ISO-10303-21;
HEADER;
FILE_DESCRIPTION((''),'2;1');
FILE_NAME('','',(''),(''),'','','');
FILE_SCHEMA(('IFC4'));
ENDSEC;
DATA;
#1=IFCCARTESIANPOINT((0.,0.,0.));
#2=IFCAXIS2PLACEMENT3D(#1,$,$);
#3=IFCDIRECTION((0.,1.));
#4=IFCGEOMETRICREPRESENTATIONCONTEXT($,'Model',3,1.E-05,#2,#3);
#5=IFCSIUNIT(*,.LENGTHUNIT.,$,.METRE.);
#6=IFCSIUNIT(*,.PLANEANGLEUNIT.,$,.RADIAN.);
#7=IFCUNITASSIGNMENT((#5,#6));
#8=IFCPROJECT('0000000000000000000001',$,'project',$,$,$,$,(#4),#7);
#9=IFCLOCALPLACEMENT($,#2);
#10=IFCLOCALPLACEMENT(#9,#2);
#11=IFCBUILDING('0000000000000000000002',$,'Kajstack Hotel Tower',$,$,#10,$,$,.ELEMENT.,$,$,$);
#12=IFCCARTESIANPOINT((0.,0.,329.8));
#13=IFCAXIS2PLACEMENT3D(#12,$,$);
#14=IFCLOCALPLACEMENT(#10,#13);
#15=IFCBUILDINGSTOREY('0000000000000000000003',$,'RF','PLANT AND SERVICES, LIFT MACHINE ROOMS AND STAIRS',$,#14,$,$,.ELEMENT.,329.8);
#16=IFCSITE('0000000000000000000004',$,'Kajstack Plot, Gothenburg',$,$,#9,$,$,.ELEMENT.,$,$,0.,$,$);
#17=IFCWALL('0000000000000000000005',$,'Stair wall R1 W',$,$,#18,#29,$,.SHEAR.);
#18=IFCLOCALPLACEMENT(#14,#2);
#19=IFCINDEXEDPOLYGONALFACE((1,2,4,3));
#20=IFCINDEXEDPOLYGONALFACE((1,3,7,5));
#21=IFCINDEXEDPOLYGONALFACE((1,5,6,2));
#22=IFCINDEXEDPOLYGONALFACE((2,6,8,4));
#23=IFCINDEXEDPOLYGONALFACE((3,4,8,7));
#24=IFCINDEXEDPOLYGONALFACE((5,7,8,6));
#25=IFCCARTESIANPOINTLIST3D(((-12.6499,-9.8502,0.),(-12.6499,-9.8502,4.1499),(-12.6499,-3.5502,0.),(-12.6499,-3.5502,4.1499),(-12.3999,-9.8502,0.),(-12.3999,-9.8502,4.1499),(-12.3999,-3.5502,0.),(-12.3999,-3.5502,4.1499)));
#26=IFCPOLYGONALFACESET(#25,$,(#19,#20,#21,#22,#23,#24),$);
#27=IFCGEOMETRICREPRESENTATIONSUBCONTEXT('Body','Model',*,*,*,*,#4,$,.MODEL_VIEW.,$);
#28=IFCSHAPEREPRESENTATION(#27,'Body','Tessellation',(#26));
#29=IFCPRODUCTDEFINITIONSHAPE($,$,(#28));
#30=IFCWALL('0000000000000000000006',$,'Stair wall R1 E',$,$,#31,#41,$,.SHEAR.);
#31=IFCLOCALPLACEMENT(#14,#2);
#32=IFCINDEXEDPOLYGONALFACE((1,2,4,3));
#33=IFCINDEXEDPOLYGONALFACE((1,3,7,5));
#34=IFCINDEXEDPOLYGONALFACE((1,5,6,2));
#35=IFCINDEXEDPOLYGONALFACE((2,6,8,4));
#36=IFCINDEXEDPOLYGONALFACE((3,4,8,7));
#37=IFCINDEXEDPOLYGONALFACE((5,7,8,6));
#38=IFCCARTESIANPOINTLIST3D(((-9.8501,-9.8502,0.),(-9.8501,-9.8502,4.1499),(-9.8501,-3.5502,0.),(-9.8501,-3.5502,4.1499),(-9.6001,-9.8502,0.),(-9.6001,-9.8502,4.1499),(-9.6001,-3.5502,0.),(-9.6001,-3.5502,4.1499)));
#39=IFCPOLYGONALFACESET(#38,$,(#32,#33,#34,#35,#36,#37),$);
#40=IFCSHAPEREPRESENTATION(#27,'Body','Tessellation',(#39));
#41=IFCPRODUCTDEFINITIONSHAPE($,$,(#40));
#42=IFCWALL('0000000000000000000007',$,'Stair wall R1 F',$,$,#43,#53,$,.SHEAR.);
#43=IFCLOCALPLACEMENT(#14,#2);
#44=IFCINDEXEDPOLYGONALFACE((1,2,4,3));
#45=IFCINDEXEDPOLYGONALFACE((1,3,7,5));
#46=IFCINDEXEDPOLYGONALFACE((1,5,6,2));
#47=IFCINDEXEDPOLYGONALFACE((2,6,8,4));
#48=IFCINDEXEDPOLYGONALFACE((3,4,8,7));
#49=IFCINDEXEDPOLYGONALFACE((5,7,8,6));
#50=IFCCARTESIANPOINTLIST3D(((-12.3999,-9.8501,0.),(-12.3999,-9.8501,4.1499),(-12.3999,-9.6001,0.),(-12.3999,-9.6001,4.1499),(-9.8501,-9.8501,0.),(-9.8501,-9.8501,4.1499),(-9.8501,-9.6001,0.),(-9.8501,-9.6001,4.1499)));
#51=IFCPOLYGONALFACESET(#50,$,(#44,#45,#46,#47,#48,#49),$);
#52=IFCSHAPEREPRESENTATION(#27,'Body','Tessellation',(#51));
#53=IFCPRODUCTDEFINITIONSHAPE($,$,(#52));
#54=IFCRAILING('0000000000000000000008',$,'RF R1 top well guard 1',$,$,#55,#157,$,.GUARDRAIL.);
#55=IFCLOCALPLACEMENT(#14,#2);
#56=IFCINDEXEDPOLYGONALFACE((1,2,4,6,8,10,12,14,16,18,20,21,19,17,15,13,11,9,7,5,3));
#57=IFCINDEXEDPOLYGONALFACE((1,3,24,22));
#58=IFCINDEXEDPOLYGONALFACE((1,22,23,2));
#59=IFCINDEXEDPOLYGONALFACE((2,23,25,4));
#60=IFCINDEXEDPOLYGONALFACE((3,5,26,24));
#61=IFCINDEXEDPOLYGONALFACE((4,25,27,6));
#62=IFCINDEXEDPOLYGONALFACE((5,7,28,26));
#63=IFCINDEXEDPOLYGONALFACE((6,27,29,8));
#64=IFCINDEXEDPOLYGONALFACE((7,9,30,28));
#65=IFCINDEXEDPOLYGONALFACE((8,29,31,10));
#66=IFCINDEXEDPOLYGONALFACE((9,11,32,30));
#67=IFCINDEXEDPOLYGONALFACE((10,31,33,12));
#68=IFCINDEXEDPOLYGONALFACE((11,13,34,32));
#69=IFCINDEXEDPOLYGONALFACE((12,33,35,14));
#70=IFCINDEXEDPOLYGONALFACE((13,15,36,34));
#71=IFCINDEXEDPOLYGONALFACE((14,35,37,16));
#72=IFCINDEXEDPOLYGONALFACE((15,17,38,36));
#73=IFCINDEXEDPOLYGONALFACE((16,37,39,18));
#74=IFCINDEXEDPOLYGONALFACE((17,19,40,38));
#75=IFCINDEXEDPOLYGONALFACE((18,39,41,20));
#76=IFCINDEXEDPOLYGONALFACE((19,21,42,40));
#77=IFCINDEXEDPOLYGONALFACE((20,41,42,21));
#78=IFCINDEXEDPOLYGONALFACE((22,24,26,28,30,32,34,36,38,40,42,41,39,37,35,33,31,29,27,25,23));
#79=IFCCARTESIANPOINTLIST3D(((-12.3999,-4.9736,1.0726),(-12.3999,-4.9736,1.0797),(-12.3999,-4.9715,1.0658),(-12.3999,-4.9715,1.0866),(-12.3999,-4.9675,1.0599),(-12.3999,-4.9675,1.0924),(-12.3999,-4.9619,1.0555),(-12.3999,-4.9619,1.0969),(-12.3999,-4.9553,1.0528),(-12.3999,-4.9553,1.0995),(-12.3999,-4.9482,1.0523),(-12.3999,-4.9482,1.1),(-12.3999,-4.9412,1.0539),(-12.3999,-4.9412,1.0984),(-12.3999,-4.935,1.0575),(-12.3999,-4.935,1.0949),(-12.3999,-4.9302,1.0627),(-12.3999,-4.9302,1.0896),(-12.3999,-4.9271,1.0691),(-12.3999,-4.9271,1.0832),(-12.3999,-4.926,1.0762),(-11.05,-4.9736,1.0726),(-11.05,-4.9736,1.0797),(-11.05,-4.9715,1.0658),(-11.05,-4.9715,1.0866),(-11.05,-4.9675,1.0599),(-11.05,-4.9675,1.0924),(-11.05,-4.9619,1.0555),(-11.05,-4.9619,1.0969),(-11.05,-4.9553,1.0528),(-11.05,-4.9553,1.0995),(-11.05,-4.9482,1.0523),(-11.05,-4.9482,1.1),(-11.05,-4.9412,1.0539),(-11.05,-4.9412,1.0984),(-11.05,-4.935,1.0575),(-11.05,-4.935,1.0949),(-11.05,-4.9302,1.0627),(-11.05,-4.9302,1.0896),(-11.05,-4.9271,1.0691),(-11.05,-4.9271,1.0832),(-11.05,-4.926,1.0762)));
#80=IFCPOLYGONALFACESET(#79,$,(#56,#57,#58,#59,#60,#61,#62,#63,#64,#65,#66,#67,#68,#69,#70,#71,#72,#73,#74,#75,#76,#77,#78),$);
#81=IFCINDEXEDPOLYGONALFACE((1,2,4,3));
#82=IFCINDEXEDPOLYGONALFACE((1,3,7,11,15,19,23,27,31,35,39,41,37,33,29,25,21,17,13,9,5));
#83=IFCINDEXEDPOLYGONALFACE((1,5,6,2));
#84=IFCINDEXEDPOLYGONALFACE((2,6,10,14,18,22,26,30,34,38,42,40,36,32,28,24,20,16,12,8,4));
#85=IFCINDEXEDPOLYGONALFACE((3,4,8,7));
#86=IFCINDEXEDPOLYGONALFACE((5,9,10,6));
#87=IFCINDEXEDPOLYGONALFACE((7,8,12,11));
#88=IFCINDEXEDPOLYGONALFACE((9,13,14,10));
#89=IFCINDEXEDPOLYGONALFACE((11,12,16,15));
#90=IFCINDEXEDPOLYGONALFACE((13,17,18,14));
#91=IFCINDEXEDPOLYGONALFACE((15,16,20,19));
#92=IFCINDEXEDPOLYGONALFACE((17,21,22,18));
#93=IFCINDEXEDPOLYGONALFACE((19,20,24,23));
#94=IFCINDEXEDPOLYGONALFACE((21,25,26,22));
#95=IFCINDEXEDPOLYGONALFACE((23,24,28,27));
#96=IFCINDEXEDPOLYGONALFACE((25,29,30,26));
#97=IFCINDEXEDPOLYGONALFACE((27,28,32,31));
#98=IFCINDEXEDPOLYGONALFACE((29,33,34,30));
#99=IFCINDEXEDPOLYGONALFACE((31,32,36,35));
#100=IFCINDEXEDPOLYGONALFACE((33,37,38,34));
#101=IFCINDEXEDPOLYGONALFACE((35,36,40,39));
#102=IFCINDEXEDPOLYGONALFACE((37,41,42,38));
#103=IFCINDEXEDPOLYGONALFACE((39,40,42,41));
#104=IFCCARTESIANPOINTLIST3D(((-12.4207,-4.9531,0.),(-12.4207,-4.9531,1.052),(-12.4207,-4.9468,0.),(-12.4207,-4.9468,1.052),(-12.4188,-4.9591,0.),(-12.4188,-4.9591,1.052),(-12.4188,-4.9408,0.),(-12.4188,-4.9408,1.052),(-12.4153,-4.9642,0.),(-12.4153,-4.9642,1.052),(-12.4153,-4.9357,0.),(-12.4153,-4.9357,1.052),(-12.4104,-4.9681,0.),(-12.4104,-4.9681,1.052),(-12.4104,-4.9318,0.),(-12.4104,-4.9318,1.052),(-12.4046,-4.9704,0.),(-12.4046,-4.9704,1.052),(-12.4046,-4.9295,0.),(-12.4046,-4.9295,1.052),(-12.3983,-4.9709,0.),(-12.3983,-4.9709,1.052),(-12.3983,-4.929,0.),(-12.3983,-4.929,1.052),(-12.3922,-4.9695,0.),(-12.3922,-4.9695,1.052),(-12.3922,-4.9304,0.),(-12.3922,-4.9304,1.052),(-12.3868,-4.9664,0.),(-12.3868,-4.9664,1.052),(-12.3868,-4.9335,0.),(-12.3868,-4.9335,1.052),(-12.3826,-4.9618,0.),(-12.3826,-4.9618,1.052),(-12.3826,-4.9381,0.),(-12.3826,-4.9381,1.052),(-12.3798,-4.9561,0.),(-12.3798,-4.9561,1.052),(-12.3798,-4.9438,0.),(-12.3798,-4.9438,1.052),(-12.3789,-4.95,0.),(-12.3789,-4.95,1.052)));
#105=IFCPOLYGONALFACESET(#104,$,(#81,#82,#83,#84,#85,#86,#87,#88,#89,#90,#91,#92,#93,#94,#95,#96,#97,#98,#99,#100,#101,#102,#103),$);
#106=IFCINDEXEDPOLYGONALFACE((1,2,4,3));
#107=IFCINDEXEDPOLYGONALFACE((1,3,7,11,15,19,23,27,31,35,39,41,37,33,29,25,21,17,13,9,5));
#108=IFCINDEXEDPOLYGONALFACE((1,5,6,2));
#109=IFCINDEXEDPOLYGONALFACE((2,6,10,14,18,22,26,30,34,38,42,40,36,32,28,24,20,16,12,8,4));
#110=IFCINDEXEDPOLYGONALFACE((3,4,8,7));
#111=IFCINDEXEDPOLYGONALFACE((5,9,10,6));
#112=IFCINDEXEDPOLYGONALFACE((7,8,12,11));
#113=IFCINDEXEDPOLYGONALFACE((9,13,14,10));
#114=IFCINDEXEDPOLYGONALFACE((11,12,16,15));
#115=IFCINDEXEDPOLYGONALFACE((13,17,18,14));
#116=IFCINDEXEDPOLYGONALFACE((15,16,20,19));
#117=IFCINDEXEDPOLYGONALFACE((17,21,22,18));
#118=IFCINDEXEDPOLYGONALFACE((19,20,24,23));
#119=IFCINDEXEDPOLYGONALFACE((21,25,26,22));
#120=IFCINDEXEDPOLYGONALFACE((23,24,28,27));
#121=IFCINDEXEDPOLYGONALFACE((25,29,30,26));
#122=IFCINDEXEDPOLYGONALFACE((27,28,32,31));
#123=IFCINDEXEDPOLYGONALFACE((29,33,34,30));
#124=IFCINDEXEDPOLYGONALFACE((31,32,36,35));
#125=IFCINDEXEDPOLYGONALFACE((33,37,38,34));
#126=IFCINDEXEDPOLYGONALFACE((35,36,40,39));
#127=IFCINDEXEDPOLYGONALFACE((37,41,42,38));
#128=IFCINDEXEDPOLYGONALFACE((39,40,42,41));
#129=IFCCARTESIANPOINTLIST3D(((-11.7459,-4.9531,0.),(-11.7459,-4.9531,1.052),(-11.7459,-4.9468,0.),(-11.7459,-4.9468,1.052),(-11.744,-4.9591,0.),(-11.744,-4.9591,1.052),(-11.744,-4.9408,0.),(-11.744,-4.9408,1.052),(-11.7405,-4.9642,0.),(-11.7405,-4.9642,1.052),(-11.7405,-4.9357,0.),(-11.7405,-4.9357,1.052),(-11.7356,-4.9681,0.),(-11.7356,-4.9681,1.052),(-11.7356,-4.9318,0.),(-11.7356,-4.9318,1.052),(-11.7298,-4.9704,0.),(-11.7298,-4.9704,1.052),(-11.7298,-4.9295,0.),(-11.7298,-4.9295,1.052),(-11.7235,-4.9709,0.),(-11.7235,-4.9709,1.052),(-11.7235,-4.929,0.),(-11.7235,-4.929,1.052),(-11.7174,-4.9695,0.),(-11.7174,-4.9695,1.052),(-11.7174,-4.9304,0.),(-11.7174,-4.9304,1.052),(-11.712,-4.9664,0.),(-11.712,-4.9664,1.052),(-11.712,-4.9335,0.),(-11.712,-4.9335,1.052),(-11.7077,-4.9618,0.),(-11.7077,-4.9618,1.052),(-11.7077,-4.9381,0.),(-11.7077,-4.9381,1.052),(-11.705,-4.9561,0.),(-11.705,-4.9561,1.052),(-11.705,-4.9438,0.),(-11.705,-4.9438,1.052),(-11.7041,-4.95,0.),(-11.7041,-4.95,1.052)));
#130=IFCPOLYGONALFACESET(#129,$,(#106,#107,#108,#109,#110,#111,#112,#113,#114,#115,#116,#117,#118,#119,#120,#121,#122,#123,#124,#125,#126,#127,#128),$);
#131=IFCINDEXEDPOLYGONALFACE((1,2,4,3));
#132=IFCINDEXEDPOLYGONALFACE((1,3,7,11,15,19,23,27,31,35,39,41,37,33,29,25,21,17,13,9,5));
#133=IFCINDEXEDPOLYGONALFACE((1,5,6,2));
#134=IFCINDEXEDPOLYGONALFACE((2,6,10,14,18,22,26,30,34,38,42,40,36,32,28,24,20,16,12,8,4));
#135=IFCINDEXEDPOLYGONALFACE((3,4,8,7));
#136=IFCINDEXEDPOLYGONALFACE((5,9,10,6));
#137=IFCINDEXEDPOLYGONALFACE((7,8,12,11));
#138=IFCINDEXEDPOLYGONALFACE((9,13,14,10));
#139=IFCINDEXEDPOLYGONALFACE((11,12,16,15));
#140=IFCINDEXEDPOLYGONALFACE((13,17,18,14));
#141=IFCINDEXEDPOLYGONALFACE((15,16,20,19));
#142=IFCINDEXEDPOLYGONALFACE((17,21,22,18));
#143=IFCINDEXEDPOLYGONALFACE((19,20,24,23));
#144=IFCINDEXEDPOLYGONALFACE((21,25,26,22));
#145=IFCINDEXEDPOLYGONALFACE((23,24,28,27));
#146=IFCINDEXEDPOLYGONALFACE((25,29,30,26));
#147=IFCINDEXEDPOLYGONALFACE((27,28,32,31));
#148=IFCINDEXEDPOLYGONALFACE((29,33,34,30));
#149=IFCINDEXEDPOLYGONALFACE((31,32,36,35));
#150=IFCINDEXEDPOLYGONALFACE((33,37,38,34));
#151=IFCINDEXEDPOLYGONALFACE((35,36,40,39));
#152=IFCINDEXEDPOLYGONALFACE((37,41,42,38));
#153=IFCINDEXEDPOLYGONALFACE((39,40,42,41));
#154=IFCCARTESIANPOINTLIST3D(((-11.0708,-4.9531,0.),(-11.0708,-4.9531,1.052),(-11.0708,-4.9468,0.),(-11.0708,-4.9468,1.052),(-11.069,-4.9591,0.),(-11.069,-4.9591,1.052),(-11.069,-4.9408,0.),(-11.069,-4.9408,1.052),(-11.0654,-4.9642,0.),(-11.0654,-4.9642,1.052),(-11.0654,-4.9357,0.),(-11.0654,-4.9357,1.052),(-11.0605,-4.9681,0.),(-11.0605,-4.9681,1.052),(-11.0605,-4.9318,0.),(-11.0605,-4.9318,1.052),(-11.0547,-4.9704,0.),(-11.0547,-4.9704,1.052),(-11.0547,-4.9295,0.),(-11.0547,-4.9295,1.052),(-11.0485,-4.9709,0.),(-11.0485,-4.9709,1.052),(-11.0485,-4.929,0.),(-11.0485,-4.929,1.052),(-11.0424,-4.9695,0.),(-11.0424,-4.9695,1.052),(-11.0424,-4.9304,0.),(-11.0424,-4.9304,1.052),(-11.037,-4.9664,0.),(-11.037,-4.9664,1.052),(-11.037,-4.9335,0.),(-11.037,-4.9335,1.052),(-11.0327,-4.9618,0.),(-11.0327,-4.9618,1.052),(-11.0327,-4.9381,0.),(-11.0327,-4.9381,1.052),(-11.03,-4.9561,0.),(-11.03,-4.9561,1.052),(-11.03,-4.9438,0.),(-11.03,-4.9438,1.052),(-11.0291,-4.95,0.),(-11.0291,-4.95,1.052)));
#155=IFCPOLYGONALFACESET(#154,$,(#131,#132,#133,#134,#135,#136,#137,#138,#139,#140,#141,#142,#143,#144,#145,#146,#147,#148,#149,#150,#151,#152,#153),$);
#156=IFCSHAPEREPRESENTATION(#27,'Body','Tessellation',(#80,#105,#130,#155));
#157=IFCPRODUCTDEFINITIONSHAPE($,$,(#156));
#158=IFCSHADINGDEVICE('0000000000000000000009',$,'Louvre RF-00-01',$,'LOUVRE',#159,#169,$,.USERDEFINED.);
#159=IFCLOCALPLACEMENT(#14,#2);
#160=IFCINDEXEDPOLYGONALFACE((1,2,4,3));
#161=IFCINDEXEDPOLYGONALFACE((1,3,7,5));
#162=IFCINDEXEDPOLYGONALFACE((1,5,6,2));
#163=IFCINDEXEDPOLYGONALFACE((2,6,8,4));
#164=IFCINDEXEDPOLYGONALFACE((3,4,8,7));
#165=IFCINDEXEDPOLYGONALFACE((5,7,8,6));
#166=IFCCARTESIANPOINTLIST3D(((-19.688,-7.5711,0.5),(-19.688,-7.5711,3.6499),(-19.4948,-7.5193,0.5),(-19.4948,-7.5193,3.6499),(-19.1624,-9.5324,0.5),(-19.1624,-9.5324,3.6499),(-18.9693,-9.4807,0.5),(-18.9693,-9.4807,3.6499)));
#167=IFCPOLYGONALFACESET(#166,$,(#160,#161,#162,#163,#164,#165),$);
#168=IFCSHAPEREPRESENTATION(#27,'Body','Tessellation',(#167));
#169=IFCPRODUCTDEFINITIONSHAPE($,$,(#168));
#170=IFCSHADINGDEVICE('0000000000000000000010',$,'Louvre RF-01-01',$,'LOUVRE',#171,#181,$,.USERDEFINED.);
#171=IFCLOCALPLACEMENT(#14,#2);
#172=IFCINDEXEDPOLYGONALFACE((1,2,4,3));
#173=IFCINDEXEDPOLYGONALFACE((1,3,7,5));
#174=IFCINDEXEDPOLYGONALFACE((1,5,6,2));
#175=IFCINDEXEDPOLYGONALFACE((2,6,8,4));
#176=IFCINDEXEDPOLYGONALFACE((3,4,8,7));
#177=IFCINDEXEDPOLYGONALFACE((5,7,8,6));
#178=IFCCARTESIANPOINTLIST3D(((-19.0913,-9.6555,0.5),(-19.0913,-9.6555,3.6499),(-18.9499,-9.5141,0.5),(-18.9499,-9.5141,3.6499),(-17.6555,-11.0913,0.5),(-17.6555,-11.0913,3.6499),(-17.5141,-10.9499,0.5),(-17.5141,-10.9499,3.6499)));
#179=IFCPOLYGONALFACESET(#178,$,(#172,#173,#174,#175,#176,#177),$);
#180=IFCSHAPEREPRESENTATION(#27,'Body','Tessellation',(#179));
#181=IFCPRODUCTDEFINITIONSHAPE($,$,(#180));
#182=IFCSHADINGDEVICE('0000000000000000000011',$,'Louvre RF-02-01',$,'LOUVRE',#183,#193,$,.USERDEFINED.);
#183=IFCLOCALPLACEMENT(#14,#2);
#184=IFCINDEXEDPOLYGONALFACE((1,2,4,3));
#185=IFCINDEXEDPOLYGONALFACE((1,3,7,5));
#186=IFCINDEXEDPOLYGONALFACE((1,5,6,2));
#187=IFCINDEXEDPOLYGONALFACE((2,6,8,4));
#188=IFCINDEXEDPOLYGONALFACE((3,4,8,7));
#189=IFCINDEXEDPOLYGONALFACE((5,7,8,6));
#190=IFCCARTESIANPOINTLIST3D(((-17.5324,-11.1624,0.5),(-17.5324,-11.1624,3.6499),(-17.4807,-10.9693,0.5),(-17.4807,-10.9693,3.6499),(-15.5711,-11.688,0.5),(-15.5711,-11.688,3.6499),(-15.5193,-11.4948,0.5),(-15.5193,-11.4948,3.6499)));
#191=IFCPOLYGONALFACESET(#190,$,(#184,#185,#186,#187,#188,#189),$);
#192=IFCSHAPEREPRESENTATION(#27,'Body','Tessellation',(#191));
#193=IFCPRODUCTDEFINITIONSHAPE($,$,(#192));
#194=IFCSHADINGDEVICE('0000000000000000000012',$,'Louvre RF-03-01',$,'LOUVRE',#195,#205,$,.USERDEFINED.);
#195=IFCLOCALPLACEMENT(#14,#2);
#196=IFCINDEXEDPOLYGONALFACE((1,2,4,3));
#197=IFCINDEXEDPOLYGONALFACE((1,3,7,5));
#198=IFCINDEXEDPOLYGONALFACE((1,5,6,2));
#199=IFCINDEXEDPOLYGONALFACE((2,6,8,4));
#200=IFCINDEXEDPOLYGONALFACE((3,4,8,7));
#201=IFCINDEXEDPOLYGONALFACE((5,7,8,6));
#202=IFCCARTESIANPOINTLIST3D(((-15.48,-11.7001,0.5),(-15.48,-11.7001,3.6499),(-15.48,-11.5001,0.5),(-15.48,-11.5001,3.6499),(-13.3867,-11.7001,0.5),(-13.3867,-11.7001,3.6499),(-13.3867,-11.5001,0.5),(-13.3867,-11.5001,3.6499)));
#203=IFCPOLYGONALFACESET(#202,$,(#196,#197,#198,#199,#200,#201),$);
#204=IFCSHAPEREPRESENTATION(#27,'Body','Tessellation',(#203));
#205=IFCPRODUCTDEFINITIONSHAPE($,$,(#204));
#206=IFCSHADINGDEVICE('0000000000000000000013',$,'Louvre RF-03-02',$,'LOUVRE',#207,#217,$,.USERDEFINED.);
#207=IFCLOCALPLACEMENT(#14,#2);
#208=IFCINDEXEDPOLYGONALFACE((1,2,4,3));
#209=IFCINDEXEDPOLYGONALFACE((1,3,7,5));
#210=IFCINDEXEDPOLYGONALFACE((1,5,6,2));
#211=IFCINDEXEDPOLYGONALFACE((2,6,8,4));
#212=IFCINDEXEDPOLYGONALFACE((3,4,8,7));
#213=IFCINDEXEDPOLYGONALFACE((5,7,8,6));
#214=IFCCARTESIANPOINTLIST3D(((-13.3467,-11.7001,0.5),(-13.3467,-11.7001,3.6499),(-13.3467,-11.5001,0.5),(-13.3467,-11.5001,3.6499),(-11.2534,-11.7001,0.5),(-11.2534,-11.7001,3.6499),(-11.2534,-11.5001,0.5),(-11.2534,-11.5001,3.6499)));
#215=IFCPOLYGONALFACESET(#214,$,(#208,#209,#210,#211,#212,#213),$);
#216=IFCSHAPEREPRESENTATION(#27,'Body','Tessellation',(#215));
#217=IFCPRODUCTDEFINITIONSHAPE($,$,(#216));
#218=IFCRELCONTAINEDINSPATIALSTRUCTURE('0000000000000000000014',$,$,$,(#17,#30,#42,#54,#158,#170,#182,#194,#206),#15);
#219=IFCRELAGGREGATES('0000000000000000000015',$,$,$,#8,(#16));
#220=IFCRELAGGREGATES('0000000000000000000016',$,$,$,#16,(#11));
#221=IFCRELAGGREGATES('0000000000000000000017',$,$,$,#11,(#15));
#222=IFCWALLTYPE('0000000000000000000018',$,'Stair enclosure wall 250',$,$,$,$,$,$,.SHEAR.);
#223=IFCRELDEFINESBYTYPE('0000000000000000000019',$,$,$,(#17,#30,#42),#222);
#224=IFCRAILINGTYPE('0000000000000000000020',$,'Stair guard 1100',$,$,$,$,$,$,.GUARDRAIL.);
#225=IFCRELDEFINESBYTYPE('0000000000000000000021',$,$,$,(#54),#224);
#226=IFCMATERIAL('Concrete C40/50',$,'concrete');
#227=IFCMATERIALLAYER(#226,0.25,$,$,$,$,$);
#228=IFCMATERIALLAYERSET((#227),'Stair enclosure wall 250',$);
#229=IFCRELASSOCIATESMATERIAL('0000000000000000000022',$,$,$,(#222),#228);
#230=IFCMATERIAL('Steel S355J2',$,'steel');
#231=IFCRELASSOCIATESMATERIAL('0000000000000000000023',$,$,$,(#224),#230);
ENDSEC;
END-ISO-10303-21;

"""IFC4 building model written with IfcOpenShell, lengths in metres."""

from ifc_helpers import new_model, si_unit, direction, frame, frame_2d, origin, origin_2d, place, context, subcontext, project, spatial, rectangle, circle, extrude, material, layer, layer_set, type_object, element, save


model = new_model("IFC4")

# Units and contexts
model_context = context("Model", 3, precision=1e-05, world=origin(), true_north=direction((0.0, 1.0)))
body_context = subcontext(model_context, "Body", "Model", "MODEL_VIEW")
ifc_project = project(units=[si_unit("LENGTHUNIT", "METRE"), si_unit("PLANEANGLEUNIT", "RADIAN")], contexts=[model_context])

# Site, building, storey
site_placement = place(None, origin())
site = spatial("IfcSite", under=ifc_project, at=site_placement, Name="Kajstack Plot, Gothenburg", CompositionType="ELEMENT", RefElevation=0.0)
building_placement = place(site_placement, origin())
building = spatial("IfcBuilding", under=site, at=building_placement, Name="Kajstack Hotel Tower", CompositionType="ELEMENT")
storey_placement = place(building_placement, frame((0.0, 0.0, 329.8)))
storey = spatial("IfcBuildingStorey", under=building, at=storey_placement, Name="RF", Description="PLANT AND SERVICES, LIFT MACHINE ROOMS AND STAIRS", CompositionType="ELEMENT", Elevation=329.8)

# Shared definitions
ifc_material_1 = material(Name="Concrete C40/50", Category="concrete")

# Walls
ifc_layer_1 = layer(ifc_material_1, 0.25)
ifc_layer_set_1 = layer_set([ifc_layer_1], Name="Stair enclosure wall 250")
wall_type_1 = type_object("IfcWallType", Name="Stair enclosure wall 250", PredefinedType="SHEAR", material=ifc_layer_set_1)
for number, where, z_axis, x_axis, name in (
    (1, (-12.5249, -9.8501, 0.0), (0.0, 0.0, 1.0), (0.0, 1.0, 0.0), "Stair wall R1 W"),
    (2, (-9.7251, -9.8501, 0.0), (0.0, 0.0, 1.0), (0.0, 1.0, 0.0), "Stair wall R1 E"),
):
    element("IfcWall", number, at=place(storey_placement, frame(where, z_axis=z_axis, x_axis=x_axis)), inside=storey, type_object=wall_type_1, Name=name, PredefinedType="SHEAR", context=body_context, shape_type="SweptSolid", body=[
        extrude(rectangle(XDim=6.3, YDim=0.25, at=frame_2d((3.1499, 0.0))), origin(), (0.0, 0.0, 1.0), 4.1499),
    ])
wall_1_placement = place(storey_placement, frame((-12.3999, -9.7251, 0.0), z_axis=(0.0, 0.0, 1.0), x_axis=(1.0, 0.0, 0.0)))
element("IfcWall", 3, at=wall_1_placement, inside=storey, type_object=wall_type_1, Name="Stair wall R1 F", PredefinedType="SHEAR", context=body_context, shape_type="SweptSolid", body=[
    extrude(rectangle(XDim=2.5498, YDim=0.25, at=frame_2d((1.2749, 0.0))), origin(), (0.0, 0.0, 1.0), 4.1499),
])

# Railing
ifc_material_2 = material(Name="Steel S355J2", Category="steel")
railing_type = type_object("IfcRailingType", Name="Stair guard 1100", PredefinedType="GUARDRAIL", material=ifc_material_2)
railing_placement = place(storey_placement, frame((-12.3999, -4.95, 0.0)))
element("IfcRailing", 4, at=railing_placement, inside=storey, type_object=railing_type, Name="RF R1 top well guard 1", PredefinedType="GUARDRAIL", context=body_context, shape_type="SweptSolid", body=[
    extrude(circle(Radius=0.0239, at=origin_2d()), frame((0.0, 0.0, 1.0762), z_axis=(1.0, 0.0, 0.0), x_axis=(0.0, 1.0, 0.0)), (0.0, 0.0, 1.0), 1.3499),
    extrude(circle(Radius=0.021, at=origin_2d()), origin(), (0.0, 0.0, 1.0), 1.052),
    extrude(circle(Radius=0.021, at=origin_2d()), frame((0.6748, 0.0, 0.0)), (0.0, 0.0, 1.0), 1.052),
    extrude(circle(Radius=0.021, at=origin_2d()), frame((1.3499, 0.0, 0.0)), (0.0, 0.0, 1.0), 1.052),
])

# Shading devices
for number, where, z_axis, x_axis, name in (
    (5, (-19.3286, -8.5259, 0.5), (0.0, 0.0, 1.0), (0.25882, -0.965926, 0.0), "Louvre RF-00-01"),
    (6, (-18.3027, -10.3027, 0.5), (0.0, 0.0, 1.0), (0.707107, -0.707107, 0.0), "Louvre RF-01-01"),
    (7, (-16.5259, -11.3286, 0.5), (0.0, 0.0, 1.0), (0.965926, -0.25882, 0.0), "Louvre RF-02-01"),
):
    element("IfcShadingDevice", number, at=place(storey_placement, frame(where, z_axis=z_axis, x_axis=x_axis)), inside=storey, Name=name, ObjectType="LOUVRE", PredefinedType="USERDEFINED", context=body_context, shape_type="SweptSolid", body=[
        extrude(rectangle(XDim=2.0305, YDim=0.2, at=origin_2d()), origin(), (0.0, 0.0, 1.0), 3.1499),
    ])
for number, where, z_axis, x_axis, name in (
    (8, (-14.4333, -11.6001, 0.5), (0.0, 0.0, 1.0), (1.0, 0.0, 0.0), "Louvre RF-03-01"),
    (9, (-12.3, -11.6001, 0.5), (0.0, 0.0, 1.0), (1.0, 0.0, 0.0), "Louvre RF-03-02"),
):
    element("IfcShadingDevice", number, at=place(storey_placement, frame(where, z_axis=z_axis, x_axis=x_axis)), inside=storey, Name=name, ObjectType="LOUVRE", PredefinedType="USERDEFINED", context=body_context, shape_type="SweptSolid", body=[
        extrude(rectangle(XDim=2.0933, YDim=0.2, at=origin_2d()), origin(), (0.0, 0.0, 1.0), 3.1499),
    ])

save(model, "model.ifc")
